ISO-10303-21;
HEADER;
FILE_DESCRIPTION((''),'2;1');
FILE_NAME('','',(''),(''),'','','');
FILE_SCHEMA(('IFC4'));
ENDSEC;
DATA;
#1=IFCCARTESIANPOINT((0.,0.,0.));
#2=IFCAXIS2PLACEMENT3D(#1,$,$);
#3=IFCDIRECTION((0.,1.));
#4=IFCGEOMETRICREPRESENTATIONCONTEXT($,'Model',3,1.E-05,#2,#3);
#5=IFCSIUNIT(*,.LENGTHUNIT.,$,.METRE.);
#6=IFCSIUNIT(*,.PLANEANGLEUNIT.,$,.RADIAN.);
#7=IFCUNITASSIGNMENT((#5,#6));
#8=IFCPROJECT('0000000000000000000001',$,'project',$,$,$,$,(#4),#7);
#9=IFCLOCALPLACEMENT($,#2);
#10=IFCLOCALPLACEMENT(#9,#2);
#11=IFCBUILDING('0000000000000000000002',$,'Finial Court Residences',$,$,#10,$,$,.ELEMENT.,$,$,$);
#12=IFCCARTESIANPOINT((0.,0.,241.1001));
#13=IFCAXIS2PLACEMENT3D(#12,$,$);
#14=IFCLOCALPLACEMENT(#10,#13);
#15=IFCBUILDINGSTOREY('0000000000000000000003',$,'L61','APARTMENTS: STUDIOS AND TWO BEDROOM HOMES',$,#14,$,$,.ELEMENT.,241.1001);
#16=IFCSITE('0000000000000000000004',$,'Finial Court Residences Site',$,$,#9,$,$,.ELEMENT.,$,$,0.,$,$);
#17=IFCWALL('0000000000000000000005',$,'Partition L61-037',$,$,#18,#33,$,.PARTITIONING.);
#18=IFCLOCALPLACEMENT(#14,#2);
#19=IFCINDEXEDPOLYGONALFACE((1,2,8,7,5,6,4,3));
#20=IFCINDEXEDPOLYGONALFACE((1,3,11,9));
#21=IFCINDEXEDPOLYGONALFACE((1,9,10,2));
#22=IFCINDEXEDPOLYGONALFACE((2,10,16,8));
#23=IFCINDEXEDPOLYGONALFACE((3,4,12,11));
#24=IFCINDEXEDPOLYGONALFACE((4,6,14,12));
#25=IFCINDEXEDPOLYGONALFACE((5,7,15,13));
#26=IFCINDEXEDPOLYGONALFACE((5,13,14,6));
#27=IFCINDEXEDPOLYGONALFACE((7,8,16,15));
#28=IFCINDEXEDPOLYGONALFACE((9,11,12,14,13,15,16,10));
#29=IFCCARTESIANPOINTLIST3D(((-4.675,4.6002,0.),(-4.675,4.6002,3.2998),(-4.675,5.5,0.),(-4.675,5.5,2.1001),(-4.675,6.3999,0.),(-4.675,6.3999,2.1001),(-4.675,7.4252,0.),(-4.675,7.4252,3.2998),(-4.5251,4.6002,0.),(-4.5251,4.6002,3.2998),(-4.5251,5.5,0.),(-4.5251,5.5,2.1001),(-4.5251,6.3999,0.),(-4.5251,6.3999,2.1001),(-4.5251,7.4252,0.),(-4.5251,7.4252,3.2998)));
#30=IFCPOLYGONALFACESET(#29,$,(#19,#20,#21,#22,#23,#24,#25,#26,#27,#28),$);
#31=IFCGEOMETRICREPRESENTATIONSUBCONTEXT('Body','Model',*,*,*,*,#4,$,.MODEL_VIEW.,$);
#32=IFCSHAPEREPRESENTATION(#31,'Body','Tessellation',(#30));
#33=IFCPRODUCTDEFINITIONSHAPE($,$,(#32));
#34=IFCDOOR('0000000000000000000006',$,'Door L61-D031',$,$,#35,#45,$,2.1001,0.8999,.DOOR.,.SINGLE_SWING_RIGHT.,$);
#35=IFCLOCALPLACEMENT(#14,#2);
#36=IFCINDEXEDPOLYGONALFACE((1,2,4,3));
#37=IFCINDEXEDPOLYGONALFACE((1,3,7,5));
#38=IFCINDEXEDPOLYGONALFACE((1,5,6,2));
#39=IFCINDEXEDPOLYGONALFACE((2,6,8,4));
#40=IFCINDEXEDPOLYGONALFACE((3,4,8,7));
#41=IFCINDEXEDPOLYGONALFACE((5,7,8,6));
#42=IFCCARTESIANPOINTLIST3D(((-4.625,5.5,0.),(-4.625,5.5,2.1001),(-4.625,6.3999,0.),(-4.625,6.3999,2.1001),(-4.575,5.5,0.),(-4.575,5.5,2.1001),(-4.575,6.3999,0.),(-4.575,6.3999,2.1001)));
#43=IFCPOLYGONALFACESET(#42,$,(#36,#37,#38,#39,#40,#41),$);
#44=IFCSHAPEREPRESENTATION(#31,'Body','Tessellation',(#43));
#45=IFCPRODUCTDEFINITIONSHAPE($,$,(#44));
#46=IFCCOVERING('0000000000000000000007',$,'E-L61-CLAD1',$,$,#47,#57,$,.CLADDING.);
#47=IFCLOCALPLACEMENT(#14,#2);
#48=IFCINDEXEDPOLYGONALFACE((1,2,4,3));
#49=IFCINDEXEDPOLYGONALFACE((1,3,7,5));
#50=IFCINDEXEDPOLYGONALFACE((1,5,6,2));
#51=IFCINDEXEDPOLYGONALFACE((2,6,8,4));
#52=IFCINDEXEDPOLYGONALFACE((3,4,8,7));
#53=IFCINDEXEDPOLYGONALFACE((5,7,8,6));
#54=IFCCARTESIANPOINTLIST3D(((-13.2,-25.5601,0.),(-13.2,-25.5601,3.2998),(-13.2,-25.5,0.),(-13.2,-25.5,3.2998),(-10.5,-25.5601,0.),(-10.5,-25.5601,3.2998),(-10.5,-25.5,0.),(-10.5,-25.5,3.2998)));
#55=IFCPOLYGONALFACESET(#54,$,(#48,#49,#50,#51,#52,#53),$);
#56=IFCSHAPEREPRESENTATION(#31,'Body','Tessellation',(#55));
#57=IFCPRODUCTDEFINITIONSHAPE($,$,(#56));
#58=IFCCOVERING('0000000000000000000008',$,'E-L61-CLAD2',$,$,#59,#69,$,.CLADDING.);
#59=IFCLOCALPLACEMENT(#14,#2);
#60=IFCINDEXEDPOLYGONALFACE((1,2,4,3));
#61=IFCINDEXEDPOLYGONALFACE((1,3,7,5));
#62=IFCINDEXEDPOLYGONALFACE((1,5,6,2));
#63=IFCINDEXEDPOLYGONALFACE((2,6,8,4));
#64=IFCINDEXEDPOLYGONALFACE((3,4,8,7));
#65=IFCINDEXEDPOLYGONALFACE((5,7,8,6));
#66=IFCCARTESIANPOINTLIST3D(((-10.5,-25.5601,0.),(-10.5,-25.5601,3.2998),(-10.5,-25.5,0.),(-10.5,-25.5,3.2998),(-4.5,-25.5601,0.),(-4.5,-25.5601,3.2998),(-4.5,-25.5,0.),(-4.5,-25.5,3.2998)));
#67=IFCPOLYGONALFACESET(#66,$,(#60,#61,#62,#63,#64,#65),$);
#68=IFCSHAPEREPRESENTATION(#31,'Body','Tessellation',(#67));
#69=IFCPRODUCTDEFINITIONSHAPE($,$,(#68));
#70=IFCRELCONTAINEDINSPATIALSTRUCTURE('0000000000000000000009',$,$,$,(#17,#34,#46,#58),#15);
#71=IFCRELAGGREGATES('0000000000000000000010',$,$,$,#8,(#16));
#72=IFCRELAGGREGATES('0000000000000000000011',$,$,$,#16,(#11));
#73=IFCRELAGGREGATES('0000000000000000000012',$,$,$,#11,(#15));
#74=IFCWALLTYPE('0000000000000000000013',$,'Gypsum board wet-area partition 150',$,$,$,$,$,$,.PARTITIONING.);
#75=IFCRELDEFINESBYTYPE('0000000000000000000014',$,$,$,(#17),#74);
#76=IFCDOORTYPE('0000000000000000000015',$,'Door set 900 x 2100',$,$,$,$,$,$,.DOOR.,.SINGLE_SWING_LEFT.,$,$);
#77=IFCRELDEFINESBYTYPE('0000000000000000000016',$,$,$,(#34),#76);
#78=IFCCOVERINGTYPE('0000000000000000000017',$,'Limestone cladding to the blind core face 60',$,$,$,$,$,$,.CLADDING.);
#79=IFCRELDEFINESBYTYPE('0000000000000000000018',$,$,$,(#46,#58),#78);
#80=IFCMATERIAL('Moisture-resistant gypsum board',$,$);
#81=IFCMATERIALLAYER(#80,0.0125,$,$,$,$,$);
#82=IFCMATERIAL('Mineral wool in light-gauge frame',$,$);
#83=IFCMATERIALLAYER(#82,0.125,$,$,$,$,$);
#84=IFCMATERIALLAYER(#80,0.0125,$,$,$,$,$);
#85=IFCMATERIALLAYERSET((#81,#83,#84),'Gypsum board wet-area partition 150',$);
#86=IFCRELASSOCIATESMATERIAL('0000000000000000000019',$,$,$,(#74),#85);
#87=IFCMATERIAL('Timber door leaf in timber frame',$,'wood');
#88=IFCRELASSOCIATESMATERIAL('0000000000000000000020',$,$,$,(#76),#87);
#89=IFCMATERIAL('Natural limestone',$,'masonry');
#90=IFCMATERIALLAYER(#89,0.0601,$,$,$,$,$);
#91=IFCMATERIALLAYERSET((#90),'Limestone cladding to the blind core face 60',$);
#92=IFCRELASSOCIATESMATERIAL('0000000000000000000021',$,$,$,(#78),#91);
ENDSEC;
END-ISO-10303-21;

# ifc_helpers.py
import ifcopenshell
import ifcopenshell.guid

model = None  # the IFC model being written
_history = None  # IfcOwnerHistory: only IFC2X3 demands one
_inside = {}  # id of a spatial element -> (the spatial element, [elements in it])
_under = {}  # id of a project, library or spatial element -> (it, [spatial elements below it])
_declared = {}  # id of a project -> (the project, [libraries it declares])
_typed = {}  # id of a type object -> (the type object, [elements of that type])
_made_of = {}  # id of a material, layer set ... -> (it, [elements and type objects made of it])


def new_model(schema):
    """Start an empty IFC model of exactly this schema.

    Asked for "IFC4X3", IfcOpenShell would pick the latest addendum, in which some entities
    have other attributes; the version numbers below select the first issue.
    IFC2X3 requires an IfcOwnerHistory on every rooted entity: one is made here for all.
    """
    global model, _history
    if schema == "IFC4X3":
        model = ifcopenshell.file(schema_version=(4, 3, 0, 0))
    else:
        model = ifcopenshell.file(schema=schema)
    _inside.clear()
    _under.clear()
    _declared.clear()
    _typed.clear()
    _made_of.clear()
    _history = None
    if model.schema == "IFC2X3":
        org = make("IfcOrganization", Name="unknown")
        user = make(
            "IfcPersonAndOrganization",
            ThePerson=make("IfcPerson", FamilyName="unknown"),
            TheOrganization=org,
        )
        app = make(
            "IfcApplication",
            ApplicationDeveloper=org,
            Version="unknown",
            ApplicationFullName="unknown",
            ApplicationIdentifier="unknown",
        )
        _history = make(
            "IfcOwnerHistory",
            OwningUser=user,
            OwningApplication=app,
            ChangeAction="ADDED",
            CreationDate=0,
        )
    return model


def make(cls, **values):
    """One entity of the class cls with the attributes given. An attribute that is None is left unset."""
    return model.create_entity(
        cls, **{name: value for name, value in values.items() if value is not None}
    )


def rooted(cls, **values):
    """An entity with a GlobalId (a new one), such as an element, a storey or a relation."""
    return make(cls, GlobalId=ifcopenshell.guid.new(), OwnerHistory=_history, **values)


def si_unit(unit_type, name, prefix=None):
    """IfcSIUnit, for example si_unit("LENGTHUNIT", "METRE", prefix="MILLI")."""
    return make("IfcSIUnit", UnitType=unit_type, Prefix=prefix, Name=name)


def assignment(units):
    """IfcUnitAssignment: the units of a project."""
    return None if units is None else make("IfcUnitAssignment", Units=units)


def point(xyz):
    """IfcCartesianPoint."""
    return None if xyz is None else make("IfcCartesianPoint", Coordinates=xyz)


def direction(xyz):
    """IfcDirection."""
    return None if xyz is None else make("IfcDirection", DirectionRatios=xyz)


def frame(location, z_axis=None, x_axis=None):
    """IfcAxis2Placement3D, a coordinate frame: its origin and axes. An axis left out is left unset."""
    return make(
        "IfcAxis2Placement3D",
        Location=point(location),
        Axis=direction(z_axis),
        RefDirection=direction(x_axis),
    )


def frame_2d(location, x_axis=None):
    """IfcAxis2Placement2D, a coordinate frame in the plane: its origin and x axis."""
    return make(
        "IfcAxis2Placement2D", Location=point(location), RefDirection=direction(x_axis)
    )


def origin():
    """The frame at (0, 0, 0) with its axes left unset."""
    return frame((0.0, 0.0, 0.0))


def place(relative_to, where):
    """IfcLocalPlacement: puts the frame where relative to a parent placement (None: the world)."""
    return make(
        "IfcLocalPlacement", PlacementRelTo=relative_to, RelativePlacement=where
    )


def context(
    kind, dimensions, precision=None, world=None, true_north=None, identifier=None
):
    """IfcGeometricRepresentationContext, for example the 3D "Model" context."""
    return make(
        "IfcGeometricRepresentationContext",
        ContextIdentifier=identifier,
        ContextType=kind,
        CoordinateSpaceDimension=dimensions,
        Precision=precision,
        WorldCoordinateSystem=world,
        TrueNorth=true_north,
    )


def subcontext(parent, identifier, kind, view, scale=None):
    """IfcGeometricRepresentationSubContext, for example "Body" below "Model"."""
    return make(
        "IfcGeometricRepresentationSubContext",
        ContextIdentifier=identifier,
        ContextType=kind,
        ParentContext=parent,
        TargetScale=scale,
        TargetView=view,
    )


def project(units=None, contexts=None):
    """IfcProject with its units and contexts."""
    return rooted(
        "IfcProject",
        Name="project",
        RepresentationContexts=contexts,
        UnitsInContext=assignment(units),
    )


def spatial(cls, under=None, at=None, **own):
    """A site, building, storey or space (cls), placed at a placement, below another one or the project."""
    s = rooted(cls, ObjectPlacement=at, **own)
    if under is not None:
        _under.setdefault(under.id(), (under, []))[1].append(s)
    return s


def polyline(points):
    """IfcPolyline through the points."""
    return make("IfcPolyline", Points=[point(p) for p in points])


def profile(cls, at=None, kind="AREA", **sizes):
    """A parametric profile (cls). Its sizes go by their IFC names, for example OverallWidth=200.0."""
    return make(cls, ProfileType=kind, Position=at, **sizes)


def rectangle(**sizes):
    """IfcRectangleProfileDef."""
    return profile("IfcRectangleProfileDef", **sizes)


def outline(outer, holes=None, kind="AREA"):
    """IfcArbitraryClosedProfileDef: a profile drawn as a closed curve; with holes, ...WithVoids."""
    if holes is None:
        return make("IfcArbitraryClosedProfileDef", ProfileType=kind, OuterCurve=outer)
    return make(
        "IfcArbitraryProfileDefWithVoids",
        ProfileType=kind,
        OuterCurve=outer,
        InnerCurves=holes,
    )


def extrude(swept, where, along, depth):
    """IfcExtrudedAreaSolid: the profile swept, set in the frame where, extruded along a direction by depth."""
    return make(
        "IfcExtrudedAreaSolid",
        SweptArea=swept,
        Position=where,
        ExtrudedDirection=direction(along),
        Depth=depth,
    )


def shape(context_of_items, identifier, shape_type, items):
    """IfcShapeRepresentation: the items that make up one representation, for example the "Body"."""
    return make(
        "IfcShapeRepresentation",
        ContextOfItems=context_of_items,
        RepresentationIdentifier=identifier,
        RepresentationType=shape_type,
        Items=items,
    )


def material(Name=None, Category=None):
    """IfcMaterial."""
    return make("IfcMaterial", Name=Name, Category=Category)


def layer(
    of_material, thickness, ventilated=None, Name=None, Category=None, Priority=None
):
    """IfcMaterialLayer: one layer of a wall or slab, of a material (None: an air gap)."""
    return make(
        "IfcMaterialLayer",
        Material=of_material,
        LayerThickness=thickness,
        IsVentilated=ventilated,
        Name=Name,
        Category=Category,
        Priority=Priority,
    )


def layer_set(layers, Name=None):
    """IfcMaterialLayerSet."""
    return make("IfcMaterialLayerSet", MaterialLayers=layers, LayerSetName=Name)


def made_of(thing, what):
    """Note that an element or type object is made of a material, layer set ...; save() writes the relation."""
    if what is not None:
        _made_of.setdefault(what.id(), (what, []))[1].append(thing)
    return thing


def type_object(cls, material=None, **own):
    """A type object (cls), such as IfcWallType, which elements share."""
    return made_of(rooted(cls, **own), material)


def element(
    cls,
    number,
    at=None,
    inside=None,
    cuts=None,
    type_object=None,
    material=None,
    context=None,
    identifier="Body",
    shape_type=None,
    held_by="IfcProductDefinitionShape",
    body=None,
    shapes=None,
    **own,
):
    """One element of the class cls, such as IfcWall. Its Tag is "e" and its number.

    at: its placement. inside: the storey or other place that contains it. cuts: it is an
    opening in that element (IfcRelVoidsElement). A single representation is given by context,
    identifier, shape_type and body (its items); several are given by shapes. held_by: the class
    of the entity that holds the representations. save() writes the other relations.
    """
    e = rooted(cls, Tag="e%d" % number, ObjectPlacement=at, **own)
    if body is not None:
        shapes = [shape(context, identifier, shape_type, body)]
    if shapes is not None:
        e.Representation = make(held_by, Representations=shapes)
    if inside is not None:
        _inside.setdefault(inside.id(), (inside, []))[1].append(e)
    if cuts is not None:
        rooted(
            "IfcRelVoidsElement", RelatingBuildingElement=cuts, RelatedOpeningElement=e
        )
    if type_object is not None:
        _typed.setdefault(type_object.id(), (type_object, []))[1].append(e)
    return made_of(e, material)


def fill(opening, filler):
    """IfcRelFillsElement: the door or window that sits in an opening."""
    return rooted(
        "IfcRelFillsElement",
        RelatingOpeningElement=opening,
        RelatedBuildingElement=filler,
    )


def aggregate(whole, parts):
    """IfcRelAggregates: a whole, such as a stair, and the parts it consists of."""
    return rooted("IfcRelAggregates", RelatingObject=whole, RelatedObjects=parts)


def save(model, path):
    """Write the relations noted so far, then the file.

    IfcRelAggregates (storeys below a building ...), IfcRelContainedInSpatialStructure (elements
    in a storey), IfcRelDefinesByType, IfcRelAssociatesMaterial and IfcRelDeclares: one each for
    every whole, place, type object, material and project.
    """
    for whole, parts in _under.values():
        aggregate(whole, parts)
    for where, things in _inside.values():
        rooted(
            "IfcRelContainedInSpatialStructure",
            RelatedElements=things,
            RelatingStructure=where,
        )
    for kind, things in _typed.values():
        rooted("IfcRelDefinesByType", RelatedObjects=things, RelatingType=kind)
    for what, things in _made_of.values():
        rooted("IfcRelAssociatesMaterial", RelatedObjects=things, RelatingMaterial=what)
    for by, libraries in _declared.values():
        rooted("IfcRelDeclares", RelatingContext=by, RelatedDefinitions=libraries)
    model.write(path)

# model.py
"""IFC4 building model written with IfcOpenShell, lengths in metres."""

from ifc_helpers import new_model, si_unit, direction, frame, frame_2d, origin, place, context, subcontext, project, spatial, polyline, rectangle, outline, extrude, material, layer, layer_set, type_object, element, fill, save


model = new_model("IFC4")

# Units and contexts
model_context = context("Model", 3, precision=1e-05, world=origin(), true_north=direction((0.0, 1.0)))
body_context = subcontext(model_context, "Body", "Model", "MODEL_VIEW")
ifc_project = project(units=[si_unit("LENGTHUNIT", "METRE"), si_unit("PLANEANGLEUNIT", "RADIAN")], contexts=[model_context])

# Site, building, storey
site_placement = place(None, origin())
site = spatial("IfcSite", under=ifc_project, at=site_placement, Name="Finial Court Residences Site", CompositionType="ELEMENT", RefElevation=0.0)
building_placement = place(site_placement, origin())
building = spatial("IfcBuilding", under=site, at=building_placement, Name="Finial Court Residences", CompositionType="ELEMENT")
storey_placement = place(building_placement, frame((0.0, 0.0, 241.1001)))
storey = spatial("IfcBuildingStorey", under=building, at=storey_placement, Name="L61", Description="APARTMENTS: STUDIOS AND TWO BEDROOM HOMES", CompositionType="ELEMENT", Elevation=241.1001)

# Shared definitions
ifc_material_1 = material(Name="Moisture-resistant gypsum board")
ifc_layer_1 = layer(ifc_material_1, 0.0125)
ifc_material_2 = material(Name="Mineral wool in light-gauge frame")
ifc_layer_2 = layer(ifc_material_2, 0.125)
ifc_layer_3 = layer(ifc_material_1, 0.0125)
ifc_layer_set_1 = layer_set([ifc_layer_1, ifc_layer_2, ifc_layer_3], Name="Gypsum board wet-area partition 150")
wall_type_1 = type_object("IfcWallType", Name="Gypsum board wet-area partition 150", PredefinedType="PARTITIONING", material=ifc_layer_set_1)
ifc_material_3 = material(Name="Timber door leaf in timber frame", Category="wood")
door_type = type_object("IfcDoorType", Name="Door set 900 x 2100", OperationType="SINGLE_SWING_LEFT", PredefinedType="DOOR", material=ifc_material_3)

# Wall, opening, door
wall_1_placement = place(storey_placement, frame((-4.6001, 4.6001, 0.0), z_axis=(0.0, 0.0, 1.0), x_axis=(0.0, 1.0, 0.0)))
wall_1 = element("IfcWall", 1, at=wall_1_placement, inside=storey, type_object=wall_type_1, Name="Partition L61-037", PredefinedType="PARTITIONING", context=body_context, shape_type="SweptSolid", body=[
    extrude(rectangle(XDim=2.825, YDim=0.1499, at=frame_2d((1.4126, 0.0))), origin(), (0.0, 0.0, 1.0), 3.2998),
])
opening_1_placement = place(wall_1_placement, frame((0.8999, 0.0, 0.0)))
opening_1 = element("IfcOpeningElement", 2, at=opening_1_placement, cuts=wall_1, PredefinedType="OPENING", context=body_context, shape_type="SweptSolid", body=[
    extrude(rectangle(XDim=0.8999, YDim=2.1001, at=frame_2d((0.45, 1.05))), frame((0.0, 0.085, 0.0), z_axis=(0.0, -1.0, 0.0), x_axis=(1.0, 0.0, 0.0)), (0.0, 0.0, 1.0), 0.1699),
])
door_1_placement = place(opening_1_placement, origin())
door_1 = element("IfcDoor", 3, at=door_1_placement, inside=storey, type_object=door_type, Name="Door L61-D031", OperationType="SINGLE_SWING_RIGHT", OverallHeight=2.1001, OverallWidth=0.8999, PredefinedType="DOOR", context=body_context, shape_type="SweptSolid", body=[
    extrude(rectangle(XDim=0.8999, YDim=2.1001, at=frame_2d((0.45, 1.05))), frame((0.0, 0.0249, 0.0), z_axis=(0.0, -1.0, 0.0), x_axis=(1.0, 0.0, 0.0)), (0.0, 0.0, 1.0), 0.05),
])
fill(opening_1, door_1)

# Coverings
ifc_material_4 = material(Name="Natural limestone", Category="masonry")
ifc_layer_4 = layer(ifc_material_4, 0.0601)
ifc_layer_set_2 = layer_set([ifc_layer_4], Name="Limestone cladding to the blind core face 60")
covering_type = type_object("IfcCoveringType", Name="Limestone cladding to the blind core face 60", PredefinedType="CLADDING", material=ifc_layer_set_2)
covering_1_placement = place(storey_placement, origin())
element("IfcCovering", 4, at=covering_1_placement, inside=storey, type_object=covering_type, Name="E-L61-CLAD1", PredefinedType="CLADDING", context=body_context, shape_type="SweptSolid", body=[
    extrude(outline(polyline([(-10.5, -25.5601), (-10.5, -25.5), (-13.2, -25.5), (-13.2, -25.5601), (-10.5, -25.5601)])), origin(), (0.0, 0.0, 1.0), 3.2998),
])
covering_2_placement = place(storey_placement, origin())
element("IfcCovering", 5, at=covering_2_placement, inside=storey, type_object=covering_type, Name="E-L61-CLAD2", PredefinedType="CLADDING", context=body_context, shape_type="SweptSolid", body=[
    extrude(outline(polyline([(-4.5, -25.5601), (-4.5, -25.5), (-10.5, -25.5), (-10.5, -25.5601), (-4.5, -25.5601)])), origin(), (0.0, 0.0, 1.0), 3.2998),
])

save(model, "model.ifc")
